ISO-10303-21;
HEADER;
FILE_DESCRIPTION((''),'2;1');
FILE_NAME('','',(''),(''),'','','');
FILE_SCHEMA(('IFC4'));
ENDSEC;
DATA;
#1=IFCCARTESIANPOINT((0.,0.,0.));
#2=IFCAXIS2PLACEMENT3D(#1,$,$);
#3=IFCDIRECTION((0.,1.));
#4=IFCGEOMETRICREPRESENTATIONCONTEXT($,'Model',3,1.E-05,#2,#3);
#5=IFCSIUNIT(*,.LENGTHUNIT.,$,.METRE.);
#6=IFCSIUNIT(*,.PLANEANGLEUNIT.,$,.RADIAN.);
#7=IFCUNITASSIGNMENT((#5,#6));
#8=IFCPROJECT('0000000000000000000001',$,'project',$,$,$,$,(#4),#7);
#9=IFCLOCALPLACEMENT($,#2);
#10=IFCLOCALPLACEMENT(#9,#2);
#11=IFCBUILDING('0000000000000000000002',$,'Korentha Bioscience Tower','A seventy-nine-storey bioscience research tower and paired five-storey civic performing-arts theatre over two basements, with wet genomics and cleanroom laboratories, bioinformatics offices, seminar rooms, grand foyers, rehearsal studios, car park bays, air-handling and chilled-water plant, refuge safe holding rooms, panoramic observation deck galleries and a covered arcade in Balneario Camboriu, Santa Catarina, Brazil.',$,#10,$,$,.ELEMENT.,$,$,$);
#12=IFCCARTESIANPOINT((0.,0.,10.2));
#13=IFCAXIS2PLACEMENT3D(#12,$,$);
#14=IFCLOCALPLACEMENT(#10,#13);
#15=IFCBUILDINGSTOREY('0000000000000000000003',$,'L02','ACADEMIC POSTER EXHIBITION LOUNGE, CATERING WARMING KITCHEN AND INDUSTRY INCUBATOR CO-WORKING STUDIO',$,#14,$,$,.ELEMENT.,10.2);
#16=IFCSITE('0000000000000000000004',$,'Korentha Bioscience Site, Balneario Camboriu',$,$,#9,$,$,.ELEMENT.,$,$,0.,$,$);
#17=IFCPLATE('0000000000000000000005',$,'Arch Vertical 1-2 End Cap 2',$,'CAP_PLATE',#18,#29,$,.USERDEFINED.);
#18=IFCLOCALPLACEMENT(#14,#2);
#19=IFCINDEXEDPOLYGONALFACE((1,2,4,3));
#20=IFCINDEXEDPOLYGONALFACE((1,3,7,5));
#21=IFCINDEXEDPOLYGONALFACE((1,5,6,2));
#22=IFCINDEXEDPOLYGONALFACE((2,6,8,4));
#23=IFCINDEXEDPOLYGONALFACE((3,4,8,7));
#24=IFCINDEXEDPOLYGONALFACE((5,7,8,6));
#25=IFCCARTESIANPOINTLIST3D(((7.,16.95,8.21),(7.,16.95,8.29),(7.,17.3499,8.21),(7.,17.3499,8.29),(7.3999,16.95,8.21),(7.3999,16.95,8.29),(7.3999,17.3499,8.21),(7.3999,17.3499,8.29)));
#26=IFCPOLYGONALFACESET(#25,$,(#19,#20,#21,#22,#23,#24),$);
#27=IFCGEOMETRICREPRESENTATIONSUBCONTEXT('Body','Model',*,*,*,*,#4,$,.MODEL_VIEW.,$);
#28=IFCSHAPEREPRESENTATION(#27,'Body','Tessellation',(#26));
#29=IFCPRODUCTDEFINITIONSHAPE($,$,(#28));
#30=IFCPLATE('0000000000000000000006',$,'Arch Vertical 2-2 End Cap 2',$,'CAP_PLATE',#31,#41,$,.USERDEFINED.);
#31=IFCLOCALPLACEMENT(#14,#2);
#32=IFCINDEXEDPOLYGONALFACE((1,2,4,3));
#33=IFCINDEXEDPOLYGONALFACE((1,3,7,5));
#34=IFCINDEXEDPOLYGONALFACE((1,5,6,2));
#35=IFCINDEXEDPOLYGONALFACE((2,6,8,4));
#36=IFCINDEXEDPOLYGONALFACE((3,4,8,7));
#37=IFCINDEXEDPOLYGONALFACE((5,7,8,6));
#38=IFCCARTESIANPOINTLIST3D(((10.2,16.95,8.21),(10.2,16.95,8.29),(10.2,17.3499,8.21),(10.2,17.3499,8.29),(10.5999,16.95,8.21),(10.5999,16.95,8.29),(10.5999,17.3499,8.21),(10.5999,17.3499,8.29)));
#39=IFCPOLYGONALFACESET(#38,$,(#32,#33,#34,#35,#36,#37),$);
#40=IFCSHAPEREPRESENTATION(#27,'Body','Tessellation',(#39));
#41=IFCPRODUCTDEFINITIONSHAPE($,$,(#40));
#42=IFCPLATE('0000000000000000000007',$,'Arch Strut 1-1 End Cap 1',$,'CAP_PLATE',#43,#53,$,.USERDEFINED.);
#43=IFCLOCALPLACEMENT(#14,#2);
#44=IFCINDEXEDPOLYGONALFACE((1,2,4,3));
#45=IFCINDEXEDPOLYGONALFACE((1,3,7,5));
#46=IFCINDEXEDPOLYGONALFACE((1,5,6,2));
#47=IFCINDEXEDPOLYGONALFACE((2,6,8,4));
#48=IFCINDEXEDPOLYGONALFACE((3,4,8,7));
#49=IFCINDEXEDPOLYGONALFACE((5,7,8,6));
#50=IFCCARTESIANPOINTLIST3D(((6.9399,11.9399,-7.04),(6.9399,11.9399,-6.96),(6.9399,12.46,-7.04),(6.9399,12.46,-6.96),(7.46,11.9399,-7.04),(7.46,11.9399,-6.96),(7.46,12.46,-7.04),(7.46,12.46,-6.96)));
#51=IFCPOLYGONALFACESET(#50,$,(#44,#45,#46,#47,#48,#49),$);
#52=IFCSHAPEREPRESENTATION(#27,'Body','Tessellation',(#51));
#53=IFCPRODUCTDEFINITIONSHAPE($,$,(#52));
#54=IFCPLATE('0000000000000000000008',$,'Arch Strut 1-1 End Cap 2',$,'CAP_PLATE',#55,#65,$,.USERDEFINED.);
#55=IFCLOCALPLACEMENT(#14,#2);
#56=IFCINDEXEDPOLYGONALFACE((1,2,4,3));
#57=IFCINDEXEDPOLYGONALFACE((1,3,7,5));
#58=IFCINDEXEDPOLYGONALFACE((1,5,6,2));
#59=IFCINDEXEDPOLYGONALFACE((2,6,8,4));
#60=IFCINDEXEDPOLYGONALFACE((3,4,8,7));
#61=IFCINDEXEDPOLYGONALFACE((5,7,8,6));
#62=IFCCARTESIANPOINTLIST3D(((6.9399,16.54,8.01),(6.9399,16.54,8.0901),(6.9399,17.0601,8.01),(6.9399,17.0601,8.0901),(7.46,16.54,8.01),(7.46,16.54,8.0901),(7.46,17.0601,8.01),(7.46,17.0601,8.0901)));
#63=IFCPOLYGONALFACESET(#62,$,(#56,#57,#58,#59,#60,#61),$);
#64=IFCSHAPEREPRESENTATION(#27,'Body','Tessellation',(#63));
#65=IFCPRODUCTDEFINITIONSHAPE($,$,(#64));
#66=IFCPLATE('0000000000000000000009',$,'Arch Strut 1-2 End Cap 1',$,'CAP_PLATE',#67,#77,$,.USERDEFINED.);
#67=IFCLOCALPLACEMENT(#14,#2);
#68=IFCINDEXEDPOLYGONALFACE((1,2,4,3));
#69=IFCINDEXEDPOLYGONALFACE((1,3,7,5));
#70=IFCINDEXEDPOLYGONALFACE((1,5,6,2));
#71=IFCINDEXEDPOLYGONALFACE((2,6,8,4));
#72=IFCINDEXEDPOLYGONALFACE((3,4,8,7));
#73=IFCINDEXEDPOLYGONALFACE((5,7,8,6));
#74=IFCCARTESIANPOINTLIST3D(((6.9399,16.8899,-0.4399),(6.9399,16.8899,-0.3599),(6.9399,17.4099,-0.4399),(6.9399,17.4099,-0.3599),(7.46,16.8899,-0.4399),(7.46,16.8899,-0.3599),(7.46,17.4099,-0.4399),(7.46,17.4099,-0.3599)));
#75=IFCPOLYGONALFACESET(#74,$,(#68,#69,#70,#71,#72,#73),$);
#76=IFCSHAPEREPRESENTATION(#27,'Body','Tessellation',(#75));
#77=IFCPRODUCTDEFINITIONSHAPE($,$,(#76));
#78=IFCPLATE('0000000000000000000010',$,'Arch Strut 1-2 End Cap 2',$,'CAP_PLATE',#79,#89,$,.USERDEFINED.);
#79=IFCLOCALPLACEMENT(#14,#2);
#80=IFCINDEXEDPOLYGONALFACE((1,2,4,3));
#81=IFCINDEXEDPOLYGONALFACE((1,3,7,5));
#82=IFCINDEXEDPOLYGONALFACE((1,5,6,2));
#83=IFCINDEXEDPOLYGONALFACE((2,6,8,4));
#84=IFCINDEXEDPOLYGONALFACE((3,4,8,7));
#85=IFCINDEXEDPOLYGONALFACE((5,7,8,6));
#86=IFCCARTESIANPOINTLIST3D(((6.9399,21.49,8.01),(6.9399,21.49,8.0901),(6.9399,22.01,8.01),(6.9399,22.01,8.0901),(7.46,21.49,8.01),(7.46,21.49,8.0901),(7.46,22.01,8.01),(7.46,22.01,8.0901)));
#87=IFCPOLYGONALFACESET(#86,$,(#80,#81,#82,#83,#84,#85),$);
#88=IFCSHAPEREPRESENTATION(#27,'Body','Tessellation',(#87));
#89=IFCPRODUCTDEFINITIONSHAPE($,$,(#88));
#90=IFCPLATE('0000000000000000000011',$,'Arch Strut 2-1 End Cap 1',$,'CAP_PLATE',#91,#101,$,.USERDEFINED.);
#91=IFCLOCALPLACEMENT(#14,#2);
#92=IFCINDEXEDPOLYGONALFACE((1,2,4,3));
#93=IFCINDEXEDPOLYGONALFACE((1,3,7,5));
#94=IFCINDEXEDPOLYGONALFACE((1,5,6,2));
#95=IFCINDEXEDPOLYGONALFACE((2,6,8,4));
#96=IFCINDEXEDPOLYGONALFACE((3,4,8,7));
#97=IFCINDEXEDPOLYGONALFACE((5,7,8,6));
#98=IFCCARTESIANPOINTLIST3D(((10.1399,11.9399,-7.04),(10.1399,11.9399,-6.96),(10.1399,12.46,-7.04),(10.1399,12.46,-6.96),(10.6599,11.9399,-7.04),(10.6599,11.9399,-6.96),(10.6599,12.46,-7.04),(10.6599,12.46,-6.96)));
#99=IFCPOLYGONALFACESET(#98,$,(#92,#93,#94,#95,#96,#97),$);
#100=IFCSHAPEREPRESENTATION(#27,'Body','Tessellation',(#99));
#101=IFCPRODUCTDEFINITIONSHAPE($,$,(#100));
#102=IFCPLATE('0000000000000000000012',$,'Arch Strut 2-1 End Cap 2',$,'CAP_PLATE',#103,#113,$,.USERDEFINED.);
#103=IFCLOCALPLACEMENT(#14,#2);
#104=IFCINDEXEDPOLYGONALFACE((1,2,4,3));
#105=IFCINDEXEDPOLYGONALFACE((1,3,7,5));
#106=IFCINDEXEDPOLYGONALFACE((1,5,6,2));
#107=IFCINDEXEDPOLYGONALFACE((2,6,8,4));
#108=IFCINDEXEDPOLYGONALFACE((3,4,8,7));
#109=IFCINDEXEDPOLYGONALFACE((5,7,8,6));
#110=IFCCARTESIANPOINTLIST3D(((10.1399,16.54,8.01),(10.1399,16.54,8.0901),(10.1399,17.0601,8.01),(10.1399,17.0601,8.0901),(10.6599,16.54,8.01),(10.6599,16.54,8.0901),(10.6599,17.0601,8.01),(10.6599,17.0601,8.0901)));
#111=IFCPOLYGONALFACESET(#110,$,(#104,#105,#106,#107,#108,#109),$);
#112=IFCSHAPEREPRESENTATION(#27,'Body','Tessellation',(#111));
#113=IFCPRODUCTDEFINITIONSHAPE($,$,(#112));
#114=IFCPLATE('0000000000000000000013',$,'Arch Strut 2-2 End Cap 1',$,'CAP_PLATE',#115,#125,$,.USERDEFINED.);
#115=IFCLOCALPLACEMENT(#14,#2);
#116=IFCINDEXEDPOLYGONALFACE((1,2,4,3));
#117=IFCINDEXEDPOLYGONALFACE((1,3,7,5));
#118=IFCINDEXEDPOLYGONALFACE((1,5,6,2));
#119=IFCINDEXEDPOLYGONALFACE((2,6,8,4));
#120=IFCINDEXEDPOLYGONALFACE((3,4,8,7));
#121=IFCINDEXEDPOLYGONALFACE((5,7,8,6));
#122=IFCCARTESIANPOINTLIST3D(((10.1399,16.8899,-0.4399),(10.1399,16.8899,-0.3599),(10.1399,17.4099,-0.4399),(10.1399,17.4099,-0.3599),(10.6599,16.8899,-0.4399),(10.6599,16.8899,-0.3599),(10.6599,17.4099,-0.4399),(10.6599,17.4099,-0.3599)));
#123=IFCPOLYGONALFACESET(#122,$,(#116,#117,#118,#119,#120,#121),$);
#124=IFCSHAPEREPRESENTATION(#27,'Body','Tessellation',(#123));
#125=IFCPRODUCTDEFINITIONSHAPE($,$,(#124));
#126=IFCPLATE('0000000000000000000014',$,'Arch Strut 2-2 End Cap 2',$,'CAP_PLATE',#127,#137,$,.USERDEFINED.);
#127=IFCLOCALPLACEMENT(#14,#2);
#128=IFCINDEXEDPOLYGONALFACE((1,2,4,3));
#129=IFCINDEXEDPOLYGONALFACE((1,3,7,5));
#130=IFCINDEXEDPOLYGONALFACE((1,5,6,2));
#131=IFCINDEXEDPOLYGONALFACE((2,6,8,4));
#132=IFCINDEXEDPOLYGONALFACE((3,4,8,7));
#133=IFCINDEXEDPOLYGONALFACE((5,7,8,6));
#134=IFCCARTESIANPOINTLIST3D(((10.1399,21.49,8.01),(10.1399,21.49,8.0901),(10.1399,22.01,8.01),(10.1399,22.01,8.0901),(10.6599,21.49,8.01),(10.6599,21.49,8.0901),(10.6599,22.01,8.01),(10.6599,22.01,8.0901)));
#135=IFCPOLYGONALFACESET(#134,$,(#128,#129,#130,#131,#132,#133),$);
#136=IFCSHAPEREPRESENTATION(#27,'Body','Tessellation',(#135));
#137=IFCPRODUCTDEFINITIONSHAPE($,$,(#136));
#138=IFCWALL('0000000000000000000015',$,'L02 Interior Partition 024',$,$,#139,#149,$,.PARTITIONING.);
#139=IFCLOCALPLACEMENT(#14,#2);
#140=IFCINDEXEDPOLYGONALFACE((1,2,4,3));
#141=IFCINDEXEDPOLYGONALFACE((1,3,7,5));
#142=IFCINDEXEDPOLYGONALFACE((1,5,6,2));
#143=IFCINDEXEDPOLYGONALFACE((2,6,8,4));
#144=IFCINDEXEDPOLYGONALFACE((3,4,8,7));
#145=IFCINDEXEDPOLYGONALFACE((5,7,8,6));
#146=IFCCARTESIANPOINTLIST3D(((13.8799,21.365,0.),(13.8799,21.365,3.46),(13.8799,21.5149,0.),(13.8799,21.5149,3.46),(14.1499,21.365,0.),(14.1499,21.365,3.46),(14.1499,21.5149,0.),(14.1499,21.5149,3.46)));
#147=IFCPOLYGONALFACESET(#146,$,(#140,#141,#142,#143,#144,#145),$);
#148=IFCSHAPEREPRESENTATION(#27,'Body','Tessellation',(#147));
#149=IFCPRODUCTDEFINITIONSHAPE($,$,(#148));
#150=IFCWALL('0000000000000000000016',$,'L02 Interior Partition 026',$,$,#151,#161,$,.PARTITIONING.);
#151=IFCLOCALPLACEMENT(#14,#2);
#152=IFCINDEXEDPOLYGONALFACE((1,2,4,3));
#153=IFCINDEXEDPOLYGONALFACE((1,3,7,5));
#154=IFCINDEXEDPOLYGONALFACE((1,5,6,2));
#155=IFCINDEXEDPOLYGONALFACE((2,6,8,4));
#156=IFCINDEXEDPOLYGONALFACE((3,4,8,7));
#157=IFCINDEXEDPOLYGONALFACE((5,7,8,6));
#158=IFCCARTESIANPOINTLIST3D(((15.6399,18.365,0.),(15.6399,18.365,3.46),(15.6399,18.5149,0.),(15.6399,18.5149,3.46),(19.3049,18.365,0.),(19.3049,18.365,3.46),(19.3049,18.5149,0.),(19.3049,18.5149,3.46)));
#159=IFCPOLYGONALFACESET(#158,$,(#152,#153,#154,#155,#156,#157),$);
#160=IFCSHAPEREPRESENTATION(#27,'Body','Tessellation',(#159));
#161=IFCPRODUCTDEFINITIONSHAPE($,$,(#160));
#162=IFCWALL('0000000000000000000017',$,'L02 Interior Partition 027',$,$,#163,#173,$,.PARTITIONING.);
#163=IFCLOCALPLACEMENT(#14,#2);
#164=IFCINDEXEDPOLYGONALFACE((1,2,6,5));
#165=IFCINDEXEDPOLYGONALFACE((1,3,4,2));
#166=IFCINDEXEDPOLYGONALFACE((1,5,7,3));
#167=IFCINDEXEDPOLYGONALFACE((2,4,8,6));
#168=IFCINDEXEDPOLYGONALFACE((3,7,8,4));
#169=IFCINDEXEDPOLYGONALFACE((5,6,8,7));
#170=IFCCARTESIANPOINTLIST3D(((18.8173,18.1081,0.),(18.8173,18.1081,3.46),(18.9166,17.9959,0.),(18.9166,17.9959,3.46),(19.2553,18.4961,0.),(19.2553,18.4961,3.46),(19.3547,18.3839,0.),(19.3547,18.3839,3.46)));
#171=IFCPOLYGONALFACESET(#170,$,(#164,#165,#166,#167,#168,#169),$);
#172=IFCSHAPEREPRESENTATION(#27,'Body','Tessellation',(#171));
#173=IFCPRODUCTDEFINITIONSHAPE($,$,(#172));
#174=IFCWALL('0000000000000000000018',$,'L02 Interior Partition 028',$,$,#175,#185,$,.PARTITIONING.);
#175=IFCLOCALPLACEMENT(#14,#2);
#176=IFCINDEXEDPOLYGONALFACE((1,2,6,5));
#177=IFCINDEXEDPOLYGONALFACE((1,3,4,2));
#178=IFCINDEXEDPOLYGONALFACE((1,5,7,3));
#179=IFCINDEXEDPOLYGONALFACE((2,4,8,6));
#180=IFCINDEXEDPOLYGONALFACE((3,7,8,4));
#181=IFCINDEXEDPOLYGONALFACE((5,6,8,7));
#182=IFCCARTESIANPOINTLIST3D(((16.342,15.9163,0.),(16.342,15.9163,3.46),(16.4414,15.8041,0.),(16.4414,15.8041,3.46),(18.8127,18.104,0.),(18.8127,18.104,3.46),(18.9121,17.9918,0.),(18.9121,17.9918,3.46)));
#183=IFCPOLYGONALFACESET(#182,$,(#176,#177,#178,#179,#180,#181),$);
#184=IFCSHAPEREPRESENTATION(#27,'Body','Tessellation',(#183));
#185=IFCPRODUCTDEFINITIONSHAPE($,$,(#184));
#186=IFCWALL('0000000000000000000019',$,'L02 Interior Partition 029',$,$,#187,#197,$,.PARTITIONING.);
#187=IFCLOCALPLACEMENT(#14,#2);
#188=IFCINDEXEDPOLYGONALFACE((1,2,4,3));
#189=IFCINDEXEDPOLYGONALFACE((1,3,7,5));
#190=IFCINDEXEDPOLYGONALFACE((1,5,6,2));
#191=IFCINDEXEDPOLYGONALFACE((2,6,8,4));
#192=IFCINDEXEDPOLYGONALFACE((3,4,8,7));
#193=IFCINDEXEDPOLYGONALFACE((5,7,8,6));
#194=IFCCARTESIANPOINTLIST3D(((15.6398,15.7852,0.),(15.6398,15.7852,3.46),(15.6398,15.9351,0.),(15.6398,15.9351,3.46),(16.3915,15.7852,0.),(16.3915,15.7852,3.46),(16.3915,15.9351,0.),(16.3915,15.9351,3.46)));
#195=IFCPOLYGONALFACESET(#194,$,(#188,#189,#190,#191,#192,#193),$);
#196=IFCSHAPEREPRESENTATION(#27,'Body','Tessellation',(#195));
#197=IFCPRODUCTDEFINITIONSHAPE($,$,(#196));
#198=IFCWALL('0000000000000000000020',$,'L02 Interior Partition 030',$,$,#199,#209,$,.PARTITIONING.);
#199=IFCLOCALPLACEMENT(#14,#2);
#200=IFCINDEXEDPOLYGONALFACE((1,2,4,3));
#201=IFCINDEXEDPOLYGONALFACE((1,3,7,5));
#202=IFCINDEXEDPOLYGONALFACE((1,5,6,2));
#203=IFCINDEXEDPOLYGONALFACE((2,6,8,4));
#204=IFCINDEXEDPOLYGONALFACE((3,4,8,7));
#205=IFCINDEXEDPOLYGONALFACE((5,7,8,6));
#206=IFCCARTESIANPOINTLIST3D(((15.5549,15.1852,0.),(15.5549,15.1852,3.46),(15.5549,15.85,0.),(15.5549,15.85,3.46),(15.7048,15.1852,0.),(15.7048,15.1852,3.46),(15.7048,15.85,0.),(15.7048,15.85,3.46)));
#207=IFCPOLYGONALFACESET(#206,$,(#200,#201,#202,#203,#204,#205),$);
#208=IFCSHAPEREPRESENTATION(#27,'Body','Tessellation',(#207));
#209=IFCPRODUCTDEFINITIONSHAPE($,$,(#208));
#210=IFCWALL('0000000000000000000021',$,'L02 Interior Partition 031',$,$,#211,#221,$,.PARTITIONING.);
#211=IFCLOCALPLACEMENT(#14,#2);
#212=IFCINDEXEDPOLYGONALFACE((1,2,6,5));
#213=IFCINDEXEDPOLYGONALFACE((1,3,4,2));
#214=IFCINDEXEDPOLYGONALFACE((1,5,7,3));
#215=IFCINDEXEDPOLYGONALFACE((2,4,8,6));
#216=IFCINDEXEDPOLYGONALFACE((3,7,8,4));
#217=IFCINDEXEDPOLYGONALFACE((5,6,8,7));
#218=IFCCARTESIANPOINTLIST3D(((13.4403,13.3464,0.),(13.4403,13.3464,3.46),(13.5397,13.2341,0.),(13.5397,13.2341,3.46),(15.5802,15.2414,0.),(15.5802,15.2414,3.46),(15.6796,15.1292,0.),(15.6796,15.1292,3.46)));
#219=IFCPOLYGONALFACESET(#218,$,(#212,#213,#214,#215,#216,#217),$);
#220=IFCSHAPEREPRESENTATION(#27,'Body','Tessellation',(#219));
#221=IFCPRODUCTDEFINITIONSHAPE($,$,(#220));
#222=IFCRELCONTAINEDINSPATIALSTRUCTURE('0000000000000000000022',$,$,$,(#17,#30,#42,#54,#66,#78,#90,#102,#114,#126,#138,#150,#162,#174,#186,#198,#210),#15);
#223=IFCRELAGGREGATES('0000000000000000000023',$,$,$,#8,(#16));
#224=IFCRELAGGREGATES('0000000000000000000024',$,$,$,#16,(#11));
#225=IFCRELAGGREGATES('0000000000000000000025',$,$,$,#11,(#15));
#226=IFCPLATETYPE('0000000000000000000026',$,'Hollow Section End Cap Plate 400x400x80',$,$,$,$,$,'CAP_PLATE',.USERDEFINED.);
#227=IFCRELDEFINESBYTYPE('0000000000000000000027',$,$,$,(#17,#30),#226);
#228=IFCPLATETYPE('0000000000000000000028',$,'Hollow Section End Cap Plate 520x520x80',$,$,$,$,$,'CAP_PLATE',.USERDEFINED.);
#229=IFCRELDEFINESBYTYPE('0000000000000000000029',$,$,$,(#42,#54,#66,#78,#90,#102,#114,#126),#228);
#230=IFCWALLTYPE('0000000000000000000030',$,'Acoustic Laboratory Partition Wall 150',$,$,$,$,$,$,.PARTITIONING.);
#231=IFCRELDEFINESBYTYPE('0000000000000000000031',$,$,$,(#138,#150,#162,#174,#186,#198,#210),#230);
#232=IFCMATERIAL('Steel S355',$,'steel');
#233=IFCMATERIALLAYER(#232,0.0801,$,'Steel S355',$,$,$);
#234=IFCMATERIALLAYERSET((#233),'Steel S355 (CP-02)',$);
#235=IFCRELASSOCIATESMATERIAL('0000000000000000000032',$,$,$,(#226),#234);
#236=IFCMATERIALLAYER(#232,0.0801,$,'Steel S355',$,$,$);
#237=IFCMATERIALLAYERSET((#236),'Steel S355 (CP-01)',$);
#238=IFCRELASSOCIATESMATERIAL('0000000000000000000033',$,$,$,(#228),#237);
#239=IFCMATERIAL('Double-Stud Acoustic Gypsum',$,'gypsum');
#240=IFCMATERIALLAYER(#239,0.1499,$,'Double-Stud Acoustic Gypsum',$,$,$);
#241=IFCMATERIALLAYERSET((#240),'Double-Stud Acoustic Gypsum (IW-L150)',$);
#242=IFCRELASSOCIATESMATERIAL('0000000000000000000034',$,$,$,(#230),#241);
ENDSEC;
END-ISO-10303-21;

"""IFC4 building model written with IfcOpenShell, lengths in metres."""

from ifc_helpers import new_model, si_unit, direction, frame, frame_2d, origin, origin_2d, place, context, subcontext, project, spatial, rectangle, extrude, material, layer, layer_set, type_object, element, save


model = new_model("IFC4")

# Units and contexts
model_context = context("Model", 3, precision=1e-05, world=origin(), true_north=direction((0.0, 1.0)))
body_context = subcontext(model_context, "Body", "Model", "MODEL_VIEW")
ifc_project = project(units=[si_unit("LENGTHUNIT", "METRE"), si_unit("PLANEANGLEUNIT", "RADIAN")], contexts=[model_context])

# Site, building, storey
site_placement = place(None, origin())
site = spatial("IfcSite", under=ifc_project, at=site_placement, Name="Korentha Bioscience Site, Balneario Camboriu", CompositionType="ELEMENT", RefElevation=0.0)
building_placement = place(site_placement, origin())
building = spatial("IfcBuilding", under=site, at=building_placement, Name="Korentha Bioscience Tower", Description="A seventy-nine-storey bioscience research tower and paired five-storey civic performing-arts theatre over two basements, with wet genomics and cleanroom laboratories, bioinformatics offices, seminar rooms, grand foyers, rehearsal studios, car park bays, air-handling and chilled-water plant, refuge safe holding rooms, panoramic observation deck galleries and a covered arcade in Balneario Camboriu, Santa Catarina, Brazil.", CompositionType="ELEMENT")
storey_placement = place(building_placement, frame((0.0, 0.0, 10.2)))
storey = spatial("IfcBuildingStorey", under=building, at=storey_placement, Name="L02", Description="ACADEMIC POSTER EXHIBITION LOUNGE, CATERING WARMING KITCHEN AND INDUSTRY INCUBATOR CO-WORKING STUDIO", CompositionType="ELEMENT", Elevation=10.2)

# Shared definitions
ifc_material_1 = material(Name="Steel S355", Category="steel")

# Plates
ifc_layer_1 = layer(ifc_material_1, 0.0801, Name="Steel S355")
ifc_layer_set_1 = layer_set([ifc_layer_1], Name="Steel S355 (CP-02)")
plate_type_1 = type_object("IfcPlateType", Name="Hollow Section End Cap Plate 400x400x80", ElementType="CAP_PLATE", PredefinedType="USERDEFINED", material=ifc_layer_set_1)
for number, where, z_axis, x_axis, name in (
    (1, (7.2, 17.1499, 8.21), (0.0, 0.0, 1.0), (1.0, 0.0, 0.0), "Arch Vertical 1-2 End Cap 2"),
    (2, (10.3999, 17.1499, 8.21), (0.0, 0.0, 1.0), (1.0, 0.0, 0.0), "Arch Vertical 2-2 End Cap 2"),
):
    element("IfcPlate", number, at=place(storey_placement, frame(where, z_axis=z_axis, x_axis=x_axis)), inside=storey, type_object=plate_type_1, Name=name, ObjectType="CAP_PLATE", PredefinedType="USERDEFINED", context=body_context, shape_type="SweptSolid", body=[
        extrude(rectangle(XDim=0.3999, YDim=0.3999, at=origin_2d()), origin(), (0.0, 0.0, 1.0), 0.0801),
    ])
ifc_layer_2 = layer(ifc_material_1, 0.0801, Name="Steel S355")
ifc_layer_set_2 = layer_set([ifc_layer_2], Name="Steel S355 (CP-01)")
plate_type_2 = type_object("IfcPlateType", Name="Hollow Section End Cap Plate 520x520x80", ElementType="CAP_PLATE", PredefinedType="USERDEFINED", material=ifc_layer_set_2)
for number, where, z_axis, x_axis, name in (
    (3, (7.2, 12.2, -7.04), (0.0, 0.0, 1.0), (0.0, 1.0, 0.0), "Arch Strut 1-1 End Cap 1"),
    (4, (7.2, 16.8, 8.01), (0.0, 0.0, 1.0), (0.0, 1.0, 0.0), "Arch Strut 1-1 End Cap 2"),
    (5, (7.2, 17.1499, -0.4399), (0.0, 0.0, 1.0), (0.0, 1.0, 0.0), "Arch Strut 1-2 End Cap 1"),
    (6, (7.2, 21.75, 8.01), (0.0, 0.0, 1.0), (0.0, 1.0, 0.0), "Arch Strut 1-2 End Cap 2"),
    (7, (10.3999, 12.2, -7.04), (0.0, 0.0, 1.0), (0.0, 1.0, 0.0), "Arch Strut 2-1 End Cap 1"),
    (8, (10.3999, 16.8, 8.01), (0.0, 0.0, 1.0), (0.0, 1.0, 0.0), "Arch Strut 2-1 End Cap 2"),
    (9, (10.3999, 17.1499, -0.4399), (0.0, 0.0, 1.0), (0.0, 1.0, 0.0), "Arch Strut 2-2 End Cap 1"),
    (10, (10.3999, 21.75, 8.01), (0.0, 0.0, 1.0), (0.0, 1.0, 0.0), "Arch Strut 2-2 End Cap 2"),
):
    element("IfcPlate", number, at=place(storey_placement, frame(where, z_axis=z_axis, x_axis=x_axis)), inside=storey, type_object=plate_type_2, Name=name, ObjectType="CAP_PLATE", PredefinedType="USERDEFINED", context=body_context, shape_type="SweptSolid", body=[
        extrude(rectangle(XDim=0.52, YDim=0.52, at=origin_2d()), origin(), (0.0, 0.0, 1.0), 0.0801),
    ])

# Walls
ifc_material_2 = material(Name="Double-Stud Acoustic Gypsum", Category="gypsum")
ifc_layer_3 = layer(ifc_material_2, 0.1499, Name="Double-Stud Acoustic Gypsum")
ifc_layer_set_3 = layer_set([ifc_layer_3], Name="Double-Stud Acoustic Gypsum (IW-L150)")
wall_type_1 = type_object("IfcWallType", Name="Acoustic Laboratory Partition Wall 150", PredefinedType="PARTITIONING", material=ifc_layer_set_3)
wall_1_placement = place(storey_placement, frame((13.8799, 21.4399, 0.0), z_axis=(0.0, 0.0, 1.0), x_axis=(1.0, 0.0, 0.0)))
element("IfcWall", 11, at=wall_1_placement, inside=storey, type_object=wall_type_1, Name="L02 Interior Partition 024", PredefinedType="PARTITIONING", context=body_context, shape_type="SweptSolid", body=[
    extrude(rectangle(XDim=0.27, YDim=0.1499, at=frame_2d((0.135, 0.0))), origin(), (0.0, 0.0, 1.0), 3.46),
])
wall_2_placement = place(storey_placement, frame((15.6399, 18.4399, 0.0), z_axis=(0.0, 0.0, 1.0), x_axis=(1.0, 0.0, 0.0)))
element("IfcWall", 12, at=wall_2_placement, inside=storey, type_object=wall_type_1, Name="L02 Interior Partition 026", PredefinedType="PARTITIONING", context=body_context, shape_type="SweptSolid", body=[
    extrude(rectangle(XDim=3.665, YDim=0.1499, at=frame_2d((1.8325, 0.0))), origin(), (0.0, 0.0, 1.0), 3.46),
])
wall_3_placement = place(storey_placement, frame((19.3049, 18.4399, 0.0), z_axis=(0.0, 0.0, 1.0), x_axis=(-0.748582, -0.663042, 0.0)))
element("IfcWall", 13, at=wall_3_placement, inside=storey, type_object=wall_type_1, Name="L02 Interior Partition 027", PredefinedType="PARTITIONING", context=body_context, shape_type="SweptSolid", body=[
    extrude(rectangle(XDim=0.5852, YDim=0.1499, at=frame_2d((0.2925, 0.0))), origin(), (0.0, 0.0, 1.0), 3.46),
])
wall_4_placement = place(storey_placement, frame((18.8623, 18.0479, 0.0), z_axis=(0.0, 0.0, 1.0), x_axis=(-0.748677, -0.662935, 0.0)))
element("IfcWall", 14, at=wall_4_placement, inside=storey, type_object=wall_type_1, Name="L02 Interior Partition 028", PredefinedType="PARTITIONING", context=body_context, shape_type="SweptSolid", body=[
    extrude(rectangle(XDim=3.3, YDim=0.1499, at=frame_2d((1.6499, 0.0))), origin(), (0.0, 0.0, 1.0), 3.46),
])
wall_5_placement = place(storey_placement, frame((16.3916, 15.8601, 0.0), z_axis=(0.0, 0.0, 1.0), x_axis=(-1.0, 0.0, 0.0)))
element("IfcWall", 15, at=wall_5_placement, inside=storey, type_object=wall_type_1, Name="L02 Interior Partition 029", PredefinedType="PARTITIONING", context=body_context, shape_type="SweptSolid", body=[
    extrude(rectangle(XDim=0.7517, YDim=0.1499, at=frame_2d((0.376, 0.0))), origin(), (0.0, 0.0, 1.0), 3.46),
])
wall_6_placement = place(storey_placement, frame((15.6299, 15.8501, 0.0), z_axis=(0.0, 0.0, 1.0), x_axis=(0.0, -1.0, 0.0)))
element("IfcWall", 16, at=wall_6_placement, inside=storey, type_object=wall_type_1, Name="L02 Interior Partition 030", PredefinedType="PARTITIONING", context=body_context, shape_type="SweptSolid", body=[
    extrude(rectangle(XDim=0.6648, YDim=0.1499, at=frame_2d((0.3325, 0.0))), origin(), (0.0, 0.0, 1.0), 3.46),
])
wall_7_placement = place(storey_placement, frame((15.6299, 15.1853, 0.0), z_axis=(0.0, 0.0, 1.0), x_axis=(-0.748643, -0.662974, 0.0)))
element("IfcWall", 17, at=wall_7_placement, inside=storey, type_object=wall_type_1, Name="L02 Interior Partition 031", PredefinedType="PARTITIONING", context=body_context, shape_type="SweptSolid", body=[
    extrude(rectangle(XDim=2.8584, YDim=0.1499, at=frame_2d((1.4292, 0.0))), origin(), (0.0, 0.0, 1.0), 3.46),
])

save(model, "model.ifc")
